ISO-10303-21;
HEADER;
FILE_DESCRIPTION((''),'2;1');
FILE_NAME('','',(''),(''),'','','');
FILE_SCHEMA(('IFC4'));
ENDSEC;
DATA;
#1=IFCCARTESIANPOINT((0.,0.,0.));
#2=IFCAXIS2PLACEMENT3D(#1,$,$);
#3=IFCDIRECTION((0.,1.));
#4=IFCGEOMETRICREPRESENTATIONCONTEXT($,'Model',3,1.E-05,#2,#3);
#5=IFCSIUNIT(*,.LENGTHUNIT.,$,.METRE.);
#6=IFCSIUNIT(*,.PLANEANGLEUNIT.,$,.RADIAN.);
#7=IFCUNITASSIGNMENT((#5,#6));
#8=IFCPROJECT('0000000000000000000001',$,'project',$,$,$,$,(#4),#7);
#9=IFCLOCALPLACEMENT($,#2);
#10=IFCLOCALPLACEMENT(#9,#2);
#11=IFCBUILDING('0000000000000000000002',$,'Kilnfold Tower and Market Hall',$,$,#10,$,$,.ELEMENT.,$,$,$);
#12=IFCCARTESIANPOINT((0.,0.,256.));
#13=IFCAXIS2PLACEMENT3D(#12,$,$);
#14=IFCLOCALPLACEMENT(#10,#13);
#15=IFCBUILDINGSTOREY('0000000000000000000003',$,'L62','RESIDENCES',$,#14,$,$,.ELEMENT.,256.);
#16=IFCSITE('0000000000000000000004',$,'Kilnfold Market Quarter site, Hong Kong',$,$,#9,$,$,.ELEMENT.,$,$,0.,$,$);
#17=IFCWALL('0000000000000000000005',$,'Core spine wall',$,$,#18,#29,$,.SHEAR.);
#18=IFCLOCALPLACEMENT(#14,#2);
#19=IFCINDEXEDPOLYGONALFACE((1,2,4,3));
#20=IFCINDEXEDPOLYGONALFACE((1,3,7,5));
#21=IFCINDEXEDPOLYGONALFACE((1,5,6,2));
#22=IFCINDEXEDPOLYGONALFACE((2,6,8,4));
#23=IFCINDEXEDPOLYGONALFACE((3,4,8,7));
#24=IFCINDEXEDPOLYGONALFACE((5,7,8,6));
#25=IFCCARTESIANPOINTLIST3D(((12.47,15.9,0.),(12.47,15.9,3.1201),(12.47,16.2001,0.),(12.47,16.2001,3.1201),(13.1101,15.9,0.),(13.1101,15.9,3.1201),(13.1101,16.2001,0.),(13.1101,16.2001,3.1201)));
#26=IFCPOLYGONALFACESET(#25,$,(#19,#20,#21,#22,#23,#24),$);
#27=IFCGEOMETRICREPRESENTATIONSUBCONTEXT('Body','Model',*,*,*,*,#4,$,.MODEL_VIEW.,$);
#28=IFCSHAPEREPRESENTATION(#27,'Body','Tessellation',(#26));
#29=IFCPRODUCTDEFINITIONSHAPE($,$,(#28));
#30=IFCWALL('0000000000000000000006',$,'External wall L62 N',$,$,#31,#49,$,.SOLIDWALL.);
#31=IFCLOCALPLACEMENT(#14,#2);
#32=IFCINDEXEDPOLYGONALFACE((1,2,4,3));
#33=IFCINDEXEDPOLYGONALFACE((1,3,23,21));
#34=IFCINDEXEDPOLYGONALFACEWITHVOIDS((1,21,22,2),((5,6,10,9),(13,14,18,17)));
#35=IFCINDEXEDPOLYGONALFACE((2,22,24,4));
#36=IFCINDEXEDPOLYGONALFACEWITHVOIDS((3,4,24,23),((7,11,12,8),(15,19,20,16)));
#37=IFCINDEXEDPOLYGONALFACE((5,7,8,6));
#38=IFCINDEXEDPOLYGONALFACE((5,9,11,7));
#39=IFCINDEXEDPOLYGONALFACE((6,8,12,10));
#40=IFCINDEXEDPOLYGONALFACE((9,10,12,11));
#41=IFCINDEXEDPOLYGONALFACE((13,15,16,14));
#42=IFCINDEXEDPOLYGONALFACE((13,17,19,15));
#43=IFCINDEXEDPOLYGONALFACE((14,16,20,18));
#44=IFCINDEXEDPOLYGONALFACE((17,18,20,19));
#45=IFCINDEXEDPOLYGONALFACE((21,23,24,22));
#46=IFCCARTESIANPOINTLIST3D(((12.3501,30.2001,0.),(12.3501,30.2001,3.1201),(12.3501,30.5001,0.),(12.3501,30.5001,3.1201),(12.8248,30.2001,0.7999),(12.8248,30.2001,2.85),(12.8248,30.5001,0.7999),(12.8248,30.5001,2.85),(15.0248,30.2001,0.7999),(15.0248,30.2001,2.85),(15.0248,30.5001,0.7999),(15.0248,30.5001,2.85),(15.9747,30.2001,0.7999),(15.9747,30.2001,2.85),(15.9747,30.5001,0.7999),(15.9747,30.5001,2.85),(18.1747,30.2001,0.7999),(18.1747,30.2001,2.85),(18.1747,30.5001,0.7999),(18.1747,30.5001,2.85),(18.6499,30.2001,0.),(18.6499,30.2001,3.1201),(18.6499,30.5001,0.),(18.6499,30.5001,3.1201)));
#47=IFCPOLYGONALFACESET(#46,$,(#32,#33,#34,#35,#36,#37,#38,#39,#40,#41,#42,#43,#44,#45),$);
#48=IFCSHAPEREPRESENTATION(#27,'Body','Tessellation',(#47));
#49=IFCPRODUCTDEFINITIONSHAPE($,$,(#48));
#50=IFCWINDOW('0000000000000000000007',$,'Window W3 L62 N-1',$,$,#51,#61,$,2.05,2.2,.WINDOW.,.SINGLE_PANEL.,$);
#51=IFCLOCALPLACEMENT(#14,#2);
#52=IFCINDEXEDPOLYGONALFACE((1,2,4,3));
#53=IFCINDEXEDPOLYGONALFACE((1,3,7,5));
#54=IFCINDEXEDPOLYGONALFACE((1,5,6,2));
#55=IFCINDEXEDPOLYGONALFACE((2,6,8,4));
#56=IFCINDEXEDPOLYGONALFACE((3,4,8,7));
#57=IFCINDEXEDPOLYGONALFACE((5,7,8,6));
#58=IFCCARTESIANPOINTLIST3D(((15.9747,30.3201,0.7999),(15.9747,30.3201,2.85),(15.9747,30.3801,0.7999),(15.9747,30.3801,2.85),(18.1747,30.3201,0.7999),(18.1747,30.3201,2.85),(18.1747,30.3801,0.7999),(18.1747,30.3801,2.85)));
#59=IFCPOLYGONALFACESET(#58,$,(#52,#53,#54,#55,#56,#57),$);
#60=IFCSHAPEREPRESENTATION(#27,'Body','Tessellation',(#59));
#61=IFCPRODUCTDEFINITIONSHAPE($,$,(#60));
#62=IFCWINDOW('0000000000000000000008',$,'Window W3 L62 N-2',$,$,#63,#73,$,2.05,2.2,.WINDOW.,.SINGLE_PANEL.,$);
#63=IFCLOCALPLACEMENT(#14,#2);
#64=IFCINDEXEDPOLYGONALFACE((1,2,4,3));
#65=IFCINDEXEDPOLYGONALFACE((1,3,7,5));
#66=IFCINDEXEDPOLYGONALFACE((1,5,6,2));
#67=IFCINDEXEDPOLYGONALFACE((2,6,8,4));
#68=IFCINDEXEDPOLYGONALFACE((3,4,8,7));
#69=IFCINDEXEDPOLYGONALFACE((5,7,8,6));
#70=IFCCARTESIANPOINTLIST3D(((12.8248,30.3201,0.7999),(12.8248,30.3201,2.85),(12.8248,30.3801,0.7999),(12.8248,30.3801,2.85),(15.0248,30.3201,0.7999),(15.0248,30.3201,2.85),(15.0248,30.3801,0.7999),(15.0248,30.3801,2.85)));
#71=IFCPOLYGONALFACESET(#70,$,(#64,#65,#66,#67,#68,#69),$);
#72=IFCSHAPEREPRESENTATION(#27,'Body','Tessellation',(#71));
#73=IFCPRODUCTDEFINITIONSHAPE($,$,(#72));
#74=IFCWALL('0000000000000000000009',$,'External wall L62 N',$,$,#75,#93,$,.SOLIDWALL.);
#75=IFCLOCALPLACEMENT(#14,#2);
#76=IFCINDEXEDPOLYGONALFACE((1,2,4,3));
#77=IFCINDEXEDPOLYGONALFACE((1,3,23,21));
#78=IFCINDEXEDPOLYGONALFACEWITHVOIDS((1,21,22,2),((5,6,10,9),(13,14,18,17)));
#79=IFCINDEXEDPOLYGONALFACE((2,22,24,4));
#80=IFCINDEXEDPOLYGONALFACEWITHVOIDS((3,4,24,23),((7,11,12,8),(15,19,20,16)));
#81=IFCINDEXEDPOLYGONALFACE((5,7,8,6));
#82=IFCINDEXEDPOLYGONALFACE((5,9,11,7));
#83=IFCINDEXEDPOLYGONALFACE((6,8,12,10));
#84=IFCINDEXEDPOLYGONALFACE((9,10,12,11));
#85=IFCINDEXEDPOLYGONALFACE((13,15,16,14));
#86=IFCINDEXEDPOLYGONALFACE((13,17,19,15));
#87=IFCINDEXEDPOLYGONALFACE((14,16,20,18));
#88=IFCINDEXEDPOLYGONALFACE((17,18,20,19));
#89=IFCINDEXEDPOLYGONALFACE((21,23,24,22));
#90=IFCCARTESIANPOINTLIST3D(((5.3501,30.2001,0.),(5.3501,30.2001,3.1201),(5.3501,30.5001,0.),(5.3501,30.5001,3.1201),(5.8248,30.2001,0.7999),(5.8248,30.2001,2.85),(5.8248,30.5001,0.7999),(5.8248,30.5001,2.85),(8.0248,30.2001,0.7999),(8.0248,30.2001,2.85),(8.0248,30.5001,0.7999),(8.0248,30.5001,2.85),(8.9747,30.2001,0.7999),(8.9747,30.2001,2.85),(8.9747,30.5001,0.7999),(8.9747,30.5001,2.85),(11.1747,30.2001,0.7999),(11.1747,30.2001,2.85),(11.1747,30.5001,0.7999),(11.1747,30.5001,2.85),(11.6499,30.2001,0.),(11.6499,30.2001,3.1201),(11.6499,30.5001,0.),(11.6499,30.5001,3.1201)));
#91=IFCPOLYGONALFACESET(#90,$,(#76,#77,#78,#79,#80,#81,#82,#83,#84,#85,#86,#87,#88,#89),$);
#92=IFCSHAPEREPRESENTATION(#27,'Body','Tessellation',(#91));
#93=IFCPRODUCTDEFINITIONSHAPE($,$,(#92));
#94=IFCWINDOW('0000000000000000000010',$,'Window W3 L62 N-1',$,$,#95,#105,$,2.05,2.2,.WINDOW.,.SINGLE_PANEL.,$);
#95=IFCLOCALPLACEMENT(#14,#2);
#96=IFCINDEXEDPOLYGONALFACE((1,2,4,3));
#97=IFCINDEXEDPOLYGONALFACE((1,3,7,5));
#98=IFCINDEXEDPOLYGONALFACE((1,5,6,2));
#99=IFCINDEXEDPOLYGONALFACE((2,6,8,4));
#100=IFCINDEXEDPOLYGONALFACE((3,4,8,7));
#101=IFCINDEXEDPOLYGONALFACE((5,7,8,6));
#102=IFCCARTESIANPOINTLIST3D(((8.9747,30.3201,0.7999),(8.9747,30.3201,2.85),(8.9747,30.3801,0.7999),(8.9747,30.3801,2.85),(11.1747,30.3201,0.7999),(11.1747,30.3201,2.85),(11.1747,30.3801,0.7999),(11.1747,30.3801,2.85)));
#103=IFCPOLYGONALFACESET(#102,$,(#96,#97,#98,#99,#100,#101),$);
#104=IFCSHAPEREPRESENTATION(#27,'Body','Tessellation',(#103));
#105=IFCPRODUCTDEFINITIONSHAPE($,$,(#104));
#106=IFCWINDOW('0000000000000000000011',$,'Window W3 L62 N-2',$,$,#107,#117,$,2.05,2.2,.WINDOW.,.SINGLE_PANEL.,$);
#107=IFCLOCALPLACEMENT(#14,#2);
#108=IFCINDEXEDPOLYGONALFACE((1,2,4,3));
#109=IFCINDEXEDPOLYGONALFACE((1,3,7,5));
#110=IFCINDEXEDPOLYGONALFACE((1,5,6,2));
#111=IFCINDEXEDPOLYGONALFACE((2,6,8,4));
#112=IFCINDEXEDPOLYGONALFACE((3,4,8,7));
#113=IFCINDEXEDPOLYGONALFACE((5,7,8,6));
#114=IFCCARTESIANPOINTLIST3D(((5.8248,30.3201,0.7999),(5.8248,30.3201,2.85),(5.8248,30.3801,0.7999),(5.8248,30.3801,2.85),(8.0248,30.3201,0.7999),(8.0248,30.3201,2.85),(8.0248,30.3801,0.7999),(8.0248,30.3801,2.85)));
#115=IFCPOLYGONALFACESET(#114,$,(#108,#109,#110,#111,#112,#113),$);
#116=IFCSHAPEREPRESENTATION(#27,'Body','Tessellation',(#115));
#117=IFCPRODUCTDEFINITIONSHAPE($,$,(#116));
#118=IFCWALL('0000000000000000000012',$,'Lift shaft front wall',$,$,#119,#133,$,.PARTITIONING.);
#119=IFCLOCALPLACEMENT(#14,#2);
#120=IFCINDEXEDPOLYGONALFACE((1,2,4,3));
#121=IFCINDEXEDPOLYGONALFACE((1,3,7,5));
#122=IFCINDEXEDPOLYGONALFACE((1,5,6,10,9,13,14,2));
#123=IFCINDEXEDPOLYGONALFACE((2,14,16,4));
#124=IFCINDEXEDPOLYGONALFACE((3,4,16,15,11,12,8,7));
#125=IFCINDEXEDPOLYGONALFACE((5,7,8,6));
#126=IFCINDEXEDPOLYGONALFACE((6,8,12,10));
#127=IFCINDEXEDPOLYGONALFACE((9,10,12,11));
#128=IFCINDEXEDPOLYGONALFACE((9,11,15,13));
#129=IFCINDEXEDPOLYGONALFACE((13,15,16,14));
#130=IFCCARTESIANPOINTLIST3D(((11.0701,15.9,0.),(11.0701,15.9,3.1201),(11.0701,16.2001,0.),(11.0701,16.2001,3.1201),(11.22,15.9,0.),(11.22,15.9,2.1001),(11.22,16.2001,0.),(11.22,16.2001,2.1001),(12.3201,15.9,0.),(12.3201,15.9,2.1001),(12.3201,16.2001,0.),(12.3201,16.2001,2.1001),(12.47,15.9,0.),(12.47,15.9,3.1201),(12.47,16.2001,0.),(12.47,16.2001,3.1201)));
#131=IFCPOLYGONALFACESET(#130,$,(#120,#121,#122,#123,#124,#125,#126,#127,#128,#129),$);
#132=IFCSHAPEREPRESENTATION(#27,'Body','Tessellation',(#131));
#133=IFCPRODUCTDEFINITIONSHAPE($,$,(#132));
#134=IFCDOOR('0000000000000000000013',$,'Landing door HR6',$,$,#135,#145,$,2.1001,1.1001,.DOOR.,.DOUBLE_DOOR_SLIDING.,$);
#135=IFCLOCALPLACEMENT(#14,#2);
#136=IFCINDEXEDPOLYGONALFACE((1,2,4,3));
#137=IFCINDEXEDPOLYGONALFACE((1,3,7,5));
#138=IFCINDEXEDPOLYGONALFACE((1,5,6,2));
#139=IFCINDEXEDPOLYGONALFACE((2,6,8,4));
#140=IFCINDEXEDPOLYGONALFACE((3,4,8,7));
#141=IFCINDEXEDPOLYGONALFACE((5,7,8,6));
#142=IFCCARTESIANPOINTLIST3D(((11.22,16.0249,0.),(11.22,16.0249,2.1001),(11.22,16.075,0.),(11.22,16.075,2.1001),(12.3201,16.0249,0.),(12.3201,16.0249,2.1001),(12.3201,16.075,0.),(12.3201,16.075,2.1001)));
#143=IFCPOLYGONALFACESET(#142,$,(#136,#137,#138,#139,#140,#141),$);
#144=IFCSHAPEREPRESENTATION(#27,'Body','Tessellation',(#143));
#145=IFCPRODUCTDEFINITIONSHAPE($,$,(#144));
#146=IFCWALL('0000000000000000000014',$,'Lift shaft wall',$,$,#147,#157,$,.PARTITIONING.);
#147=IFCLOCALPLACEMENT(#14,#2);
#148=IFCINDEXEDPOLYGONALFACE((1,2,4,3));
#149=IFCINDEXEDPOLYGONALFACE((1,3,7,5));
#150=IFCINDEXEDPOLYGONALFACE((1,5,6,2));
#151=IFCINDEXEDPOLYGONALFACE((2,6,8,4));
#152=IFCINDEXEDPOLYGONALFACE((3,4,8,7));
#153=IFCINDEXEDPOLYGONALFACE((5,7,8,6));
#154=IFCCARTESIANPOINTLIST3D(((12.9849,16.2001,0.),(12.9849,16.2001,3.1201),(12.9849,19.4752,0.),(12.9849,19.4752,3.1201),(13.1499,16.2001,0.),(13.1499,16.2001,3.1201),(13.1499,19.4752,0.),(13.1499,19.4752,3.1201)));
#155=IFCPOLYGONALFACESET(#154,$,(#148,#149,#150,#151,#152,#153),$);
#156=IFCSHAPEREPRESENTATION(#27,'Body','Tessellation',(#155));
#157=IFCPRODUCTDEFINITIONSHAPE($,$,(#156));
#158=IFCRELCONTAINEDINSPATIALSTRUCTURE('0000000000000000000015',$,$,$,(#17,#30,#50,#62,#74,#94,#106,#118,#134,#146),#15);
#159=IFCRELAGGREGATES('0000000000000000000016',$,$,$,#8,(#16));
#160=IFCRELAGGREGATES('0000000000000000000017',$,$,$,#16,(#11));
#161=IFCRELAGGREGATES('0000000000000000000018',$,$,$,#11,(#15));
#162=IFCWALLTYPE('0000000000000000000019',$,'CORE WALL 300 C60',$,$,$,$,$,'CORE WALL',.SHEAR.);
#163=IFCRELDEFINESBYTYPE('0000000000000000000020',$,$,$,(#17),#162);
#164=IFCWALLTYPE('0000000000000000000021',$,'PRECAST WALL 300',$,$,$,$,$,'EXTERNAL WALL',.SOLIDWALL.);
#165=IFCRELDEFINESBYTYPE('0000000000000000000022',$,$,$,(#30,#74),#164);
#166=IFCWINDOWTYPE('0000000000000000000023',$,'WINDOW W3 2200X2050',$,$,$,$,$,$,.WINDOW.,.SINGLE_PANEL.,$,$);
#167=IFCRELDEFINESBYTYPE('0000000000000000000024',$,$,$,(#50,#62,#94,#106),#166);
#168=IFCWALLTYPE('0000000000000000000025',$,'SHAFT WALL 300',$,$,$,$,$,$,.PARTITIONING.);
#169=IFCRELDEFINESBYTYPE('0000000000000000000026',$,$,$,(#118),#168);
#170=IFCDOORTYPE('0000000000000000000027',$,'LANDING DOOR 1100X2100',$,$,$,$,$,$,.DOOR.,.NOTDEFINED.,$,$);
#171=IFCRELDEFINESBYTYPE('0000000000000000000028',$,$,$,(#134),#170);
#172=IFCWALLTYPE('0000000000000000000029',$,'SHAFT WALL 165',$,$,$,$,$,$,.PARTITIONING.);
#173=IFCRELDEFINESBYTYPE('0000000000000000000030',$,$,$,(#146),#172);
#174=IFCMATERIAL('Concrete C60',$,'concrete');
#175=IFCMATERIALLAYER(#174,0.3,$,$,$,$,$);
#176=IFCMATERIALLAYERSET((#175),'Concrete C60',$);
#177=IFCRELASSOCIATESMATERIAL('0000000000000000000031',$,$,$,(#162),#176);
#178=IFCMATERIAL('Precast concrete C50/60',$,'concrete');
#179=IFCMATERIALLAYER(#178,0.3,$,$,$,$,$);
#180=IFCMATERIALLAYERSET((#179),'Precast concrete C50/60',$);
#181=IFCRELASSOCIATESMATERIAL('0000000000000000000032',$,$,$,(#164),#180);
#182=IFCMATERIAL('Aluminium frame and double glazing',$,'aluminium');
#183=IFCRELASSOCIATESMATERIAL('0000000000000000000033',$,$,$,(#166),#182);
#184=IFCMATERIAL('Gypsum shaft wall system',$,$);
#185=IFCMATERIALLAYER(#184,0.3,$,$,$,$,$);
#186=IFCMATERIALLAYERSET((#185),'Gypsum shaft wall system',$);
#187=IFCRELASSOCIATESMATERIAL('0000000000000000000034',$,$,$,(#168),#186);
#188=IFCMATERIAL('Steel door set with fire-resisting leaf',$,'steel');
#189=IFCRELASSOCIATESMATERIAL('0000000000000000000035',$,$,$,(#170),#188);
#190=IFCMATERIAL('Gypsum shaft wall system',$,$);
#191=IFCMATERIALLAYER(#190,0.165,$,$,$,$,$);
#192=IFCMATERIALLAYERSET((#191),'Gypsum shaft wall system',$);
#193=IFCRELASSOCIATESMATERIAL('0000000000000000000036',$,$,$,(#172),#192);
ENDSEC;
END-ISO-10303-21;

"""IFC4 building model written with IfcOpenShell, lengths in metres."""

from ifc_helpers import new_model, si_unit, direction, frame, frame_2d, origin, place, context, subcontext, project, spatial, rectangle, extrude, source, transform, mapped, material, layer, layer_set, type_object, element, fill, save


model = new_model("IFC4")

# Units and contexts
model_context = context("Model", 3, precision=1e-05, world=origin(), true_north=direction((0.0, 1.0)))
body_context = subcontext(model_context, "Body", "Model", "MODEL_VIEW")
ifc_project = project(units=[si_unit("LENGTHUNIT", "METRE"), si_unit("PLANEANGLEUNIT", "RADIAN")], contexts=[model_context])

# Site, building, storey
site_placement = place(None, origin())
site = spatial("IfcSite", under=ifc_project, at=site_placement, Name="Kilnfold Market Quarter site, Hong Kong", CompositionType="ELEMENT", RefElevation=0.0)
building_placement = place(site_placement, origin())
building = spatial("IfcBuilding", under=site, at=building_placement, Name="Kilnfold Tower and Market Hall", CompositionType="ELEMENT")
storey_placement = place(building_placement, frame((0.0, 0.0, 256.0)))
storey = spatial("IfcBuildingStorey", under=building, at=storey_placement, Name="L62", Description="RESIDENCES", CompositionType="ELEMENT", Elevation=256.0)

# Wall
ifc_material_1 = material(Name="Concrete C60", Category="concrete")
ifc_layer_1 = layer(ifc_material_1, 0.3)
ifc_layer_set_1 = layer_set([ifc_layer_1], Name="Concrete C60")
wall_type_1 = type_object("IfcWallType", Name="CORE WALL 300 C60", ElementType="CORE WALL", PredefinedType="SHEAR", material=ifc_layer_set_1)
shared_shape_1 = source(origin(), body_context, "Body", "SweptSolid", [
    extrude(rectangle(XDim=0.6401, YDim=0.3, at=frame_2d((0.3201, 0.0))), origin(), (0.0, 0.0, 1.0), 3.1201),
])
wall_1_placement = place(storey_placement, frame((12.47, 16.05, 0.0), z_axis=(0.0, 0.0, 1.0), x_axis=(1.0, 0.0, 0.0)))
element("IfcWall", 1, at=wall_1_placement, inside=storey, type_object=wall_type_1, Name="Core spine wall", PredefinedType="SHEAR", context=body_context, shape_type="MappedRepresentation", body=[
    mapped(shared_shape_1, transform((0.0, 0.0, 0.0))),
])

# Walls, openings, windows
ifc_material_2 = material(Name="Precast concrete C50/60", Category="concrete")
ifc_layer_2 = layer(ifc_material_2, 0.3)
ifc_layer_set_2 = layer_set([ifc_layer_2], Name="Precast concrete C50/60")
wall_type_2 = type_object("IfcWallType", Name="PRECAST WALL 300", ElementType="EXTERNAL WALL", PredefinedType="SOLIDWALL", material=ifc_layer_set_2)
shared_shape_2 = source(origin(), body_context, "Body", "SweptSolid", [
    extrude(rectangle(XDim=6.2998, YDim=0.3, at=frame_2d((3.1499, 0.0))), origin(), (0.0, 0.0, 1.0), 3.1201),
])
wall_2_placement = place(storey_placement, frame((18.6499, 30.3501, 0.0), z_axis=(0.0, 0.0, 1.0), x_axis=(-1.0, 0.0, 0.0)))
wall_2 = element("IfcWall", 2, at=wall_2_placement, inside=storey, type_object=wall_type_2, Name="External wall L62 N", PredefinedType="SOLIDWALL", context=body_context, shape_type="MappedRepresentation", body=[
    mapped(shared_shape_2, transform((0.0, 0.0, 0.0))),
])
opening_1_placement = place(wall_2_placement, frame((0.4751, 0.0, 0.8)))
opening_1 = element("IfcOpeningElement", 3, at=opening_1_placement, cuts=wall_2, PredefinedType="OPENING", context=body_context, shape_type="SweptSolid", body=[
    extrude(rectangle(XDim=2.2, YDim=2.05, at=frame_2d((1.1001, 1.0249))), frame((0.0, 0.1602, 0.0), z_axis=(0.0, -1.0, 0.0), x_axis=(1.0, 0.0, 0.0)), (0.0, 0.0, 1.0), 0.3201),
])
opening_2_placement = place(wall_2_placement, frame((3.625, 0.0, 0.8)))
opening_2 = element("IfcOpeningElement", 4, at=opening_2_placement, cuts=wall_2, PredefinedType="OPENING", context=body_context, shape_type="SweptSolid", body=[
    extrude(rectangle(XDim=2.2, YDim=2.05, at=frame_2d((1.1001, 1.0249))), frame((0.0, 0.1602, 0.0), z_axis=(0.0, -1.0, 0.0), x_axis=(1.0, 0.0, 0.0)), (0.0, 0.0, 1.0), 0.3201),
])
ifc_material_3 = material(Name="Aluminium frame and double glazing", Category="aluminium")
window_type = type_object("IfcWindowType", Name="WINDOW W3 2200X2050", PartitioningType="SINGLE_PANEL", PredefinedType="WINDOW", material=ifc_material_3)
window_1_placement = place(opening_1_placement, origin())
window_1 = element("IfcWindow", 5, at=window_1_placement, inside=storey, type_object=window_type, Name="Window W3 L62 N-1", OverallHeight=2.05, OverallWidth=2.2, PartitioningType="SINGLE_PANEL", PredefinedType="WINDOW", context=body_context, shape_type="SweptSolid", body=[
    extrude(rectangle(XDim=2.2, YDim=2.05, at=frame_2d((1.1001, 1.0249))), frame((0.0, 0.03, 0.0), z_axis=(0.0, -1.0, 0.0), x_axis=(1.0, 0.0, 0.0)), (0.0, 0.0, 1.0), 0.0601),
])
fill(opening_1, window_1)
window_2_placement = place(opening_2_placement, origin())
window_2 = element("IfcWindow", 6, at=window_2_placement, inside=storey, type_object=window_type, Name="Window W3 L62 N-2", OverallHeight=2.05, OverallWidth=2.2, PartitioningType="SINGLE_PANEL", PredefinedType="WINDOW", context=body_context, shape_type="SweptSolid", body=[
    extrude(rectangle(XDim=2.2, YDim=2.05, at=frame_2d((1.1001, 1.0249))), frame((0.0, 0.03, 0.0), z_axis=(0.0, -1.0, 0.0), x_axis=(1.0, 0.0, 0.0)), (0.0, 0.0, 1.0), 0.0601),
])
fill(opening_2, window_2)
wall_3_placement = place(storey_placement, frame((11.6499, 30.3501, 0.0), z_axis=(0.0, 0.0, 1.0), x_axis=(-1.0, 0.0, 0.0)))
wall_3 = element("IfcWall", 7, at=wall_3_placement, inside=storey, type_object=wall_type_2, Name="External wall L62 N", PredefinedType="SOLIDWALL", context=body_context, shape_type="MappedRepresentation", body=[
    mapped(shared_shape_2, transform((0.0, 0.0, 0.0))),
])
opening_3_placement = place(wall_3_placement, frame((0.4751, 0.0, 0.8)))
opening_3 = element("IfcOpeningElement", 8, at=opening_3_placement, cuts=wall_3, PredefinedType="OPENING", context=body_context, shape_type="SweptSolid", body=[
    extrude(rectangle(XDim=2.2, YDim=2.05, at=frame_2d((1.1001, 1.0249))), frame((0.0, 0.1602, 0.0), z_axis=(0.0, -1.0, 0.0), x_axis=(1.0, 0.0, 0.0)), (0.0, 0.0, 1.0), 0.3201),
])
opening_4_placement = place(wall_3_placement, frame((3.625, 0.0, 0.8)))
opening_4 = element("IfcOpeningElement", 9, at=opening_4_placement, cuts=wall_3, PredefinedType="OPENING", context=body_context, shape_type="SweptSolid", body=[
    extrude(rectangle(XDim=2.2, YDim=2.05, at=frame_2d((1.1001, 1.0249))), frame((0.0, 0.1602, 0.0), z_axis=(0.0, -1.0, 0.0), x_axis=(1.0, 0.0, 0.0)), (0.0, 0.0, 1.0), 0.3201),
])
window_3_placement = place(opening_3_placement, origin())
window_3 = element("IfcWindow", 10, at=window_3_placement, inside=storey, type_object=window_type, Name="Window W3 L62 N-1", OverallHeight=2.05, OverallWidth=2.2, PartitioningType="SINGLE_PANEL", PredefinedType="WINDOW", context=body_context, shape_type="SweptSolid", body=[
    extrude(rectangle(XDim=2.2, YDim=2.05, at=frame_2d((1.1001, 1.0249))), frame((0.0, 0.03, 0.0), z_axis=(0.0, -1.0, 0.0), x_axis=(1.0, 0.0, 0.0)), (0.0, 0.0, 1.0), 0.0601),
])
fill(opening_3, window_3)
window_4_placement = place(opening_4_placement, origin())
window_4 = element("IfcWindow", 11, at=window_4_placement, inside=storey, type_object=window_type, Name="Window W3 L62 N-2", OverallHeight=2.05, OverallWidth=2.2, PartitioningType="SINGLE_PANEL", PredefinedType="WINDOW", context=body_context, shape_type="SweptSolid", body=[
    extrude(rectangle(XDim=2.2, YDim=2.05, at=frame_2d((1.1001, 1.0249))), frame((0.0, 0.03, 0.0), z_axis=(0.0, -1.0, 0.0), x_axis=(1.0, 0.0, 0.0)), (0.0, 0.0, 1.0), 0.0601),
])
fill(opening_4, window_4)

# Wall, opening, door
ifc_material_4 = material(Name="Gypsum shaft wall system")
ifc_layer_3 = layer(ifc_material_4, 0.3)
ifc_layer_set_3 = layer_set([ifc_layer_3], Name="Gypsum shaft wall system")
wall_type_3 = type_object("IfcWallType", Name="SHAFT WALL 300", PredefinedType="PARTITIONING", material=ifc_layer_set_3)
shared_shape_3 = source(origin(), body_context, "Body", "SweptSolid", [
    extrude(rectangle(XDim=1.3999, YDim=0.3, at=frame_2d((0.7, 0.0))), origin(), (0.0, 0.0, 1.0), 3.1201),
])
wall_4_placement = place(storey_placement, frame((11.0701, 16.05, 0.0), z_axis=(0.0, 0.0, 1.0), x_axis=(1.0, 0.0, 0.0)))
wall_4 = element("IfcWall", 12, at=wall_4_placement, inside=storey, type_object=wall_type_3, Name="Lift shaft front wall", PredefinedType="PARTITIONING", context=body_context, shape_type="MappedRepresentation", body=[
    mapped(shared_shape_3, transform((0.0, 0.0, 0.0))),
])
opening_5_placement = place(wall_4_placement, frame((0.1499, 0.0, 0.0)))
opening_5 = element("IfcOpeningElement", 13, at=opening_5_placement, cuts=wall_4, PredefinedType="OPENING", context=body_context, shape_type="SweptSolid", body=[
    extrude(rectangle(XDim=1.1001, YDim=2.1001, at=frame_2d((0.55, 1.05))), frame((0.0, 0.1602, 0.0), z_axis=(0.0, -1.0, 0.0), x_axis=(1.0, 0.0, 0.0)), (0.0, 0.0, 1.0), 0.3201),
])
ifc_material_5 = material(Name="Steel door set with fire-resisting leaf", Category="steel")
door_type_1 = type_object("IfcDoorType", Name="LANDING DOOR 1100X2100", OperationType="NOTDEFINED", PredefinedType="DOOR", material=ifc_material_5)
door_1_placement = place(opening_5_placement, origin())
door_1 = element("IfcDoor", 14, at=door_1_placement, inside=storey, type_object=door_type_1, Name="Landing door HR6", OperationType="DOUBLE_DOOR_SLIDING", OverallHeight=2.1001, OverallWidth=1.1001, PredefinedType="DOOR", context=body_context, shape_type="SweptSolid", body=[
    extrude(rectangle(XDim=1.1001, YDim=2.1001, at=frame_2d((0.55, 1.05))), frame((0.0, 0.0249, 0.0), z_axis=(0.0, -1.0, 0.0), x_axis=(1.0, 0.0, 0.0)), (0.0, 0.0, 1.0), 0.05),
])
fill(opening_5, door_1)

# Wall
ifc_material_6 = material(Name="Gypsum shaft wall system")
ifc_layer_4 = layer(ifc_material_6, 0.165)
ifc_layer_set_4 = layer_set([ifc_layer_4], Name="Gypsum shaft wall system")
wall_type_4 = type_object("IfcWallType", Name="SHAFT WALL 165", PredefinedType="PARTITIONING", material=ifc_layer_set_4)
shared_shape_4 = source(origin(), body_context, "Body", "SweptSolid", [
    extrude(rectangle(XDim=3.2751, YDim=0.165, at=frame_2d((1.6377, 0.0))), origin(), (0.0, 0.0, 1.0), 3.1201),
])
wall_5_placement = place(storey_placement, frame((13.0674, 16.2, 0.0), z_axis=(0.0, 0.0, 1.0), x_axis=(0.0, 1.0, 0.0)))
element("IfcWall", 15, at=wall_5_placement, inside=storey, type_object=wall_type_4, Name="Lift shaft wall", PredefinedType="PARTITIONING", context=body_context, shape_type="MappedRepresentation", body=[
    mapped(shared_shape_4, transform((0.0, 0.0, 0.0))),
])

save(model, "model.ifc")
